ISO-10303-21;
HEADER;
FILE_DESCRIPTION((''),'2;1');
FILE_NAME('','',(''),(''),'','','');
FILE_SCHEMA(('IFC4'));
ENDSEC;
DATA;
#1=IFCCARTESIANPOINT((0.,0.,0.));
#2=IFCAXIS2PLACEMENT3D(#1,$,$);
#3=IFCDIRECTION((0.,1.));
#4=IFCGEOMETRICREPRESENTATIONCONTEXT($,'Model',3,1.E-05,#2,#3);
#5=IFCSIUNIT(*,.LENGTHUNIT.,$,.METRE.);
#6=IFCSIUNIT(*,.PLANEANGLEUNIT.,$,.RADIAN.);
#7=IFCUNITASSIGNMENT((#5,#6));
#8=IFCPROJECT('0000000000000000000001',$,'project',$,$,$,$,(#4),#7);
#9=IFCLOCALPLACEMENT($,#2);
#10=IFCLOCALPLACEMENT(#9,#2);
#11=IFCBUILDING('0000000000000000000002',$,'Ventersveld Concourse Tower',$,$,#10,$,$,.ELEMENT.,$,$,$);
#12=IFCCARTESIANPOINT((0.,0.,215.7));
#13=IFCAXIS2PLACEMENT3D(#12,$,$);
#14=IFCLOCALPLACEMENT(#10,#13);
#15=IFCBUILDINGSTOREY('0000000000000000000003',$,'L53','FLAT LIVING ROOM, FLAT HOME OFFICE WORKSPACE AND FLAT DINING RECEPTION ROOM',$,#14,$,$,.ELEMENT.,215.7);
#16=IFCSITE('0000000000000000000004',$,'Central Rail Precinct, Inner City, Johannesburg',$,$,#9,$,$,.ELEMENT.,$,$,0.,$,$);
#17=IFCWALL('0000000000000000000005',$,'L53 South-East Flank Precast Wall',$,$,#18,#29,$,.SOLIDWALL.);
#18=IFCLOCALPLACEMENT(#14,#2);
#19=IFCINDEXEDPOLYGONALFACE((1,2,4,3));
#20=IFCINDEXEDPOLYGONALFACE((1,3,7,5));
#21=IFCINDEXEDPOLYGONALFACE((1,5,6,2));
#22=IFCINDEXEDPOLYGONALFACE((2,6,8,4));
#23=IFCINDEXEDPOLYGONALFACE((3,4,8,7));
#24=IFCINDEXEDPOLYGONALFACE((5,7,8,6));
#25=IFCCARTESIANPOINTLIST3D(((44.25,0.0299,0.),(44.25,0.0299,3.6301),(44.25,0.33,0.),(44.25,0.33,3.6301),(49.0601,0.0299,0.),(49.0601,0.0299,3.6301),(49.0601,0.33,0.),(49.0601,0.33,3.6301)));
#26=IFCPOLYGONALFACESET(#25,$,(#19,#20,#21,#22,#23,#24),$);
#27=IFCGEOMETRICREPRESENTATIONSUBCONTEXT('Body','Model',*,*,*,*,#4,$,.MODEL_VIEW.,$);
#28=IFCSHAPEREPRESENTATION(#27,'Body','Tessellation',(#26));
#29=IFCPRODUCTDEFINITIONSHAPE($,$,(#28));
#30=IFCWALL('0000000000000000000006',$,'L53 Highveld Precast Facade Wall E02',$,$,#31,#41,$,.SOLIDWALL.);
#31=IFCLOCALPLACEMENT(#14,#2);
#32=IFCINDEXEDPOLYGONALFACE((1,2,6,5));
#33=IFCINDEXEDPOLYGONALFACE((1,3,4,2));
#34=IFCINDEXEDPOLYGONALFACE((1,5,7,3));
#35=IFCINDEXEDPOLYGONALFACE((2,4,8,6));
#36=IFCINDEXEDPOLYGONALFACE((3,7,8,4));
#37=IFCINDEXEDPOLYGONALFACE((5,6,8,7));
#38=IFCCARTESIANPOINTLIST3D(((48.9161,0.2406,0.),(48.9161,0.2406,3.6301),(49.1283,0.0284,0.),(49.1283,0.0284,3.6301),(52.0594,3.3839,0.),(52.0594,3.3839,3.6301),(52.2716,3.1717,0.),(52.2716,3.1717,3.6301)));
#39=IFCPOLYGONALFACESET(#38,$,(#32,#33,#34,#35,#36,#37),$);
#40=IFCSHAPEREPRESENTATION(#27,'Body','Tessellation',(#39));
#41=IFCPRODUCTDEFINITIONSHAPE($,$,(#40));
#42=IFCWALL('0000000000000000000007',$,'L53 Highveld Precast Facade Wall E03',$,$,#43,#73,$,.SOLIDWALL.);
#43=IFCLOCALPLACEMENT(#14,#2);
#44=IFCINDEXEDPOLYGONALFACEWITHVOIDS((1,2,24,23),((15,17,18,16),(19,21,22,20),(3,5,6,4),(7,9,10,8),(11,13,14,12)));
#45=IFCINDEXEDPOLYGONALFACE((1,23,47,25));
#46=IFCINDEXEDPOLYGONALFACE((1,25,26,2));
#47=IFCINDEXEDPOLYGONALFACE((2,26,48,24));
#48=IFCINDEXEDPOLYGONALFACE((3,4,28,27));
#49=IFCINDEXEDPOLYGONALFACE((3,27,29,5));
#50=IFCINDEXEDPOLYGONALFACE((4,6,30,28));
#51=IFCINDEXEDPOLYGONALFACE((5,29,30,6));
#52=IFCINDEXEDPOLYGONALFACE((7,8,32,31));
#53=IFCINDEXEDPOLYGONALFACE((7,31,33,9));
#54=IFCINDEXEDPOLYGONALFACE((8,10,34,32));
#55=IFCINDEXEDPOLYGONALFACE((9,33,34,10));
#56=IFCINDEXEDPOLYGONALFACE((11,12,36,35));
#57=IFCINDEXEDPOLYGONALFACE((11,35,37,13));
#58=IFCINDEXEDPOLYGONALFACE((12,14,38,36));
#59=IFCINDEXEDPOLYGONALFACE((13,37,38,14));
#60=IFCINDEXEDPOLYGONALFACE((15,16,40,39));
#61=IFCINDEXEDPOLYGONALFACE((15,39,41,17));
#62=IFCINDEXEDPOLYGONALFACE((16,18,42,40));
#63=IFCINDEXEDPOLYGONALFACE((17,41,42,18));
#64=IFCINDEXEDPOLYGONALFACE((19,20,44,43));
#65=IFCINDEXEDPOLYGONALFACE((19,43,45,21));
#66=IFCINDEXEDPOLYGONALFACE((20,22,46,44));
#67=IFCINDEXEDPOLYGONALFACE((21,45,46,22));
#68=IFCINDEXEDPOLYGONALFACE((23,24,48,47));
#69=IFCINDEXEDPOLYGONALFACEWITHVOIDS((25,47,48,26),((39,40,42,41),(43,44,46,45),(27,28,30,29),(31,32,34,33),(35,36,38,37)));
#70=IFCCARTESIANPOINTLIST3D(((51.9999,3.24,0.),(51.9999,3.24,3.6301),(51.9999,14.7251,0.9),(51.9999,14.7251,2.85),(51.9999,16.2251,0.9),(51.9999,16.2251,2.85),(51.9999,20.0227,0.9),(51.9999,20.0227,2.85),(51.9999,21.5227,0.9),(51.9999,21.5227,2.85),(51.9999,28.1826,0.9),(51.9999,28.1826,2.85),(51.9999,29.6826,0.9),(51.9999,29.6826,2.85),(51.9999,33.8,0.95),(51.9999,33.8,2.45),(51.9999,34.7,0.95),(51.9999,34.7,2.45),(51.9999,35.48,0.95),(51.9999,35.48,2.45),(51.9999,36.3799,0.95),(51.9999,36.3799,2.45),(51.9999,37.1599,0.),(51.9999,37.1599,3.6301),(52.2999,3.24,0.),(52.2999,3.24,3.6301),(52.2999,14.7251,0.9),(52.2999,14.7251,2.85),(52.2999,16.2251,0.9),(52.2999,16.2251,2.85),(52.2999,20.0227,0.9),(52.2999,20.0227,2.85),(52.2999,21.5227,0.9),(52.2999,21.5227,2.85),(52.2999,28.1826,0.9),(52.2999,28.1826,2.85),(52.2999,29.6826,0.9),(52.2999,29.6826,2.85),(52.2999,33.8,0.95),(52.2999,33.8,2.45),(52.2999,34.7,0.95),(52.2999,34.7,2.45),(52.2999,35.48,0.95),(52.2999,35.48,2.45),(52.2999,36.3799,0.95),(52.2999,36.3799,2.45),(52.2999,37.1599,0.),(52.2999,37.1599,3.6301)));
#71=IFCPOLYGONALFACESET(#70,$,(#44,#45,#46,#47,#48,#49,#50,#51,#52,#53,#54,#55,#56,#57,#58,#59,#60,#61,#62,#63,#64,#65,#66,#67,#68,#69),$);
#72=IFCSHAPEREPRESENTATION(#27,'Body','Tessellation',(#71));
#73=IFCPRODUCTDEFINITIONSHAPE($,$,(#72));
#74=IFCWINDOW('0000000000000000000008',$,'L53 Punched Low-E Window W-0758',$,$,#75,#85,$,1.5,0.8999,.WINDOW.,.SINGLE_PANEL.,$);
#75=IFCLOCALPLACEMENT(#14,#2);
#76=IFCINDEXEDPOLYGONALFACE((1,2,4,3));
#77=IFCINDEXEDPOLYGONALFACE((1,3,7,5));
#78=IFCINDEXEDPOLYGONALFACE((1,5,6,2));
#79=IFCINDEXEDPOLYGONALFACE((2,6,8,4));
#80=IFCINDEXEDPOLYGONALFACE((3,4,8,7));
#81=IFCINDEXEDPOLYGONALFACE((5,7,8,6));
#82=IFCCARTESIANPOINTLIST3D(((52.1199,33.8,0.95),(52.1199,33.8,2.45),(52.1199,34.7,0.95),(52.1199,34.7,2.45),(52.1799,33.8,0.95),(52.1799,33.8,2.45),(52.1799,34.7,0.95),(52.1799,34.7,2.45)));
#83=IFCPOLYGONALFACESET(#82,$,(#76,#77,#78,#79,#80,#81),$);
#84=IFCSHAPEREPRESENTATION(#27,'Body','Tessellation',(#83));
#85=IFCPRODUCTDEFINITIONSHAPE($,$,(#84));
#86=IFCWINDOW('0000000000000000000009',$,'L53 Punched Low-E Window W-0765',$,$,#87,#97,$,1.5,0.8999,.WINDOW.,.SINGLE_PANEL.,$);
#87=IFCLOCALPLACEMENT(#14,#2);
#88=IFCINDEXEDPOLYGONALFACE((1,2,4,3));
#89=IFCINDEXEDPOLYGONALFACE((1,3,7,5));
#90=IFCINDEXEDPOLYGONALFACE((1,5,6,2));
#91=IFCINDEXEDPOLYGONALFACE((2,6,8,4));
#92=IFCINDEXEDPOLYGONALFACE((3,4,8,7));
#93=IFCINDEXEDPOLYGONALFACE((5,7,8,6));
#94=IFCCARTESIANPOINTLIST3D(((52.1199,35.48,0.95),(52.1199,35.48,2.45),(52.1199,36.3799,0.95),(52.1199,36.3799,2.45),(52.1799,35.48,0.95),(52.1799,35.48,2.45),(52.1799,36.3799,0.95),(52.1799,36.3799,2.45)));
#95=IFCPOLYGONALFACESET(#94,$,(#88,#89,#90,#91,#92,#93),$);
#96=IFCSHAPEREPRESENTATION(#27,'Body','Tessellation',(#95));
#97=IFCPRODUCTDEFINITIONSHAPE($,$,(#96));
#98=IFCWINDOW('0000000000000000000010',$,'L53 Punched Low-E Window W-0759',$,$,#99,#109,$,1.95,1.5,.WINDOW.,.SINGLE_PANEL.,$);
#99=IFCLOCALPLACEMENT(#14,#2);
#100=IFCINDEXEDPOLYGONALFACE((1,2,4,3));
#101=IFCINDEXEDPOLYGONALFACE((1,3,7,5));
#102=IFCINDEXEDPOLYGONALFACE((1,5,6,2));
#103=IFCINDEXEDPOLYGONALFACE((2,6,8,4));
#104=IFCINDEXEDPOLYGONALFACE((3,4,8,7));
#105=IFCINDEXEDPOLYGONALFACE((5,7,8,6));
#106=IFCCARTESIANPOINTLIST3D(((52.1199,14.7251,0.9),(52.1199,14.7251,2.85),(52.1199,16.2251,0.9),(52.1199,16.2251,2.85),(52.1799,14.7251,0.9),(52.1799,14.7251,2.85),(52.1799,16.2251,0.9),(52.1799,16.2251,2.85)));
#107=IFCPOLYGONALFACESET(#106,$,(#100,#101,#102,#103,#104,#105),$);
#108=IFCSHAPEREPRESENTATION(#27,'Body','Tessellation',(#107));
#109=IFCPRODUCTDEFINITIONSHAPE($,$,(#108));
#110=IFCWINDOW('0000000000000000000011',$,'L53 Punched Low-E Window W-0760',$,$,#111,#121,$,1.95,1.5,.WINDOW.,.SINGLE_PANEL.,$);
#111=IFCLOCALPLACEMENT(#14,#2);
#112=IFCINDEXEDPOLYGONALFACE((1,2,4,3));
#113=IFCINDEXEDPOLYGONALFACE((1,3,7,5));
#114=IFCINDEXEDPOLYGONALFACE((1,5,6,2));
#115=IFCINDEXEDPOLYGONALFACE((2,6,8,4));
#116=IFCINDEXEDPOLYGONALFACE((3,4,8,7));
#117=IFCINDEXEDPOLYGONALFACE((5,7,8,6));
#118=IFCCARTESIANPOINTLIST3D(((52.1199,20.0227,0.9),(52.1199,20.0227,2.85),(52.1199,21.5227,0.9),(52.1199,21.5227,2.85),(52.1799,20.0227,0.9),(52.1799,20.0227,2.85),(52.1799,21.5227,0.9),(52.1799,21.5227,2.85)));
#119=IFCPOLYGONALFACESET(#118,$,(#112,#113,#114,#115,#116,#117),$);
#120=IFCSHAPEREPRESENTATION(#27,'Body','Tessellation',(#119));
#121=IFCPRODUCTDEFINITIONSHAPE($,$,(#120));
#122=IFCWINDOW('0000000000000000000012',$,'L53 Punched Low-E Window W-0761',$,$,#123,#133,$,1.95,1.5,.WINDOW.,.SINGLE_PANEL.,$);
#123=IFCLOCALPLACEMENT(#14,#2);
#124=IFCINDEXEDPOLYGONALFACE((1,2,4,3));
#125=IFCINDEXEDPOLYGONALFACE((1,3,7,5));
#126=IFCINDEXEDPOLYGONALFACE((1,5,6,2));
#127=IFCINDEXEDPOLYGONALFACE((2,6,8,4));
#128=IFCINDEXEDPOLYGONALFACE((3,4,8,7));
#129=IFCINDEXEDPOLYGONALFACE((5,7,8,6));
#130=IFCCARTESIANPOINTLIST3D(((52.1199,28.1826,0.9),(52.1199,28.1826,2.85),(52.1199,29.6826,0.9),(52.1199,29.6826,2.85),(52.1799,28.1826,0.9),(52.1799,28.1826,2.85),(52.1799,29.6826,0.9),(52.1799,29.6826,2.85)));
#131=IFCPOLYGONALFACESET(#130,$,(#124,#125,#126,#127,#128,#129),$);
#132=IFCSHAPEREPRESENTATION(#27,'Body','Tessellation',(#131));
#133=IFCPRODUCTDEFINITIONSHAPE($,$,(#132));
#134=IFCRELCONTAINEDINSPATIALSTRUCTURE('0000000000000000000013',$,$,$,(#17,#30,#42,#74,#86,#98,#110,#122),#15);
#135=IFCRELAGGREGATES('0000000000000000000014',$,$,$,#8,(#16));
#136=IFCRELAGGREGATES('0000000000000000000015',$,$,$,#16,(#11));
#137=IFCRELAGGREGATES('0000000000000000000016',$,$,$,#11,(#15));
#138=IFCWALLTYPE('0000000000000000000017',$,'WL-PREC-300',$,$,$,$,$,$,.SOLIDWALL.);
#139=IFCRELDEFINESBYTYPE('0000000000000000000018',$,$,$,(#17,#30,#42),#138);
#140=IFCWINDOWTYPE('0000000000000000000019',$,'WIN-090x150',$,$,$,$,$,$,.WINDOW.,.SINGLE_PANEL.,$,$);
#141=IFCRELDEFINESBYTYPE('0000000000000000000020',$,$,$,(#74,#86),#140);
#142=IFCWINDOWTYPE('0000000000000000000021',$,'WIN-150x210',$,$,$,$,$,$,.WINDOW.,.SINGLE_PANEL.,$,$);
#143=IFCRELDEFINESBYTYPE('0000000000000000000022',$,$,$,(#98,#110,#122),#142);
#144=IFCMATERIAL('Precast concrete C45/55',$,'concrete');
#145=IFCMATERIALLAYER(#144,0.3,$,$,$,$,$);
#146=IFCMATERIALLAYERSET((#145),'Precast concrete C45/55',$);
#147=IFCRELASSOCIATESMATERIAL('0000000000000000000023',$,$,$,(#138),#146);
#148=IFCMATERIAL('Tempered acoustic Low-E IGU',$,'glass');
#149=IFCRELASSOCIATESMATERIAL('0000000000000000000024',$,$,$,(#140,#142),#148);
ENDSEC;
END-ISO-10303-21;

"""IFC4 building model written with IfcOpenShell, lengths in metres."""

from ifc_helpers import new_model, si_unit, direction, frame, frame_2d, origin, place, context, subcontext, project, spatial, rectangle, extrude, material, layer, layer_set, type_object, element, fill, save


model = new_model("IFC4")

# Units and contexts
model_context = context("Model", 3, precision=1e-05, world=origin(), true_north=direction((0.0, 1.0)))
body_context = subcontext(model_context, "Body", "Model", "MODEL_VIEW")
ifc_project = project(units=[si_unit("LENGTHUNIT", "METRE"), si_unit("PLANEANGLEUNIT", "RADIAN")], contexts=[model_context])

# Site, building, storey
site_placement = place(None, origin())
site = spatial("IfcSite", under=ifc_project, at=site_placement, Name="Central Rail Precinct, Inner City, Johannesburg", CompositionType="ELEMENT", RefElevation=0.0)
building_placement = place(site_placement, origin())
building = spatial("IfcBuilding", under=site, at=building_placement, Name="Ventersveld Concourse Tower", CompositionType="ELEMENT")
storey_placement = place(building_placement, frame((0.0, 0.0, 215.7)))
storey = spatial("IfcBuildingStorey", under=building, at=storey_placement, Name="L53", Description="FLAT LIVING ROOM, FLAT HOME OFFICE WORKSPACE AND FLAT DINING RECEPTION ROOM", CompositionType="ELEMENT", Elevation=215.7)

# Walls
ifc_material_1 = material(Name="Precast concrete C45/55", Category="concrete")
ifc_layer_1 = layer(ifc_material_1, 0.3)
ifc_layer_set_1 = layer_set([ifc_layer_1], Name="Precast concrete C45/55")
wall_type_1 = type_object("IfcWallType", Name="WL-PREC-300", PredefinedType="SOLIDWALL", material=ifc_layer_set_1)
wall_1_placement = place(storey_placement, frame((44.25, 0.1799, 0.0), z_axis=(0.0, 0.0, 1.0), x_axis=(1.0, 0.0, 0.0)))
element("IfcWall", 1, at=wall_1_placement, inside=storey, type_object=wall_type_1, Name="L53 South-East Flank Precast Wall", PredefinedType="SOLIDWALL", context=body_context, shape_type="SweptSolid", body=[
    extrude(rectangle(XDim=4.8101, YDim=0.3, at=frame_2d((2.405, 0.0))), origin(), (0.0, 0.0, 1.0), 3.6301),
])
wall_2_placement = place(storey_placement, frame((49.0222, 0.1345, 0.0), z_axis=(0.0, 0.0, 1.0), x_axis=(0.707107, 0.707107, 0.0)))
element("IfcWall", 2, at=wall_2_placement, inside=storey, type_object=wall_type_1, Name="L53 Highveld Precast Facade Wall E02", PredefinedType="SOLIDWALL", context=body_context, shape_type="SweptSolid", body=[
    extrude(rectangle(XDim=4.4453, YDim=0.3, at=frame_2d((2.2227, 0.0))), origin(), (0.0, 0.0, 1.0), 3.6301),
])

# Wall, openings, windows
wall_3_placement = place(storey_placement, frame((52.1499, 3.24, 0.0), z_axis=(0.0, 0.0, 1.0), x_axis=(0.0, 1.0, 0.0)))
wall_3 = element("IfcWall", 3, at=wall_3_placement, inside=storey, type_object=wall_type_1, Name="L53 Highveld Precast Facade Wall E03", PredefinedType="SOLIDWALL", context=body_context, shape_type="SweptSolid", body=[
    extrude(rectangle(XDim=33.9199, YDim=0.3, at=frame_2d((16.96, 0.0))), origin(), (0.0, 0.0, 1.0), 3.6301),
])
opening_1_placement = place(wall_3_placement, frame((30.5601, 0.0, 0.95)))
opening_1 = element("IfcOpeningElement", 4, at=opening_1_placement, cuts=wall_3, PredefinedType="OPENING", context=body_context, shape_type="SweptSolid", body=[
    extrude(rectangle(XDim=0.8999, YDim=1.5, at=frame_2d((0.45, 0.75))), frame((0.0, 0.1602, 0.0), z_axis=(0.0, -1.0, 0.0), x_axis=(1.0, 0.0, 0.0)), (0.0, 0.0, 1.0), 0.3201),
])
opening_2_placement = place(wall_3_placement, frame((11.4851, 0.0, 0.8999)))
opening_2 = element("IfcOpeningElement", 5, at=opening_2_placement, cuts=wall_3, PredefinedType="OPENING", context=body_context, shape_type="SweptSolid", body=[
    extrude(rectangle(XDim=1.5, YDim=1.95, at=frame_2d((0.75, 0.9751))), frame((0.0, 0.1602, 0.0), z_axis=(0.0, -1.0, 0.0), x_axis=(1.0, 0.0, 0.0)), (0.0, 0.0, 1.0), 0.3201),
])
opening_3_placement = place(wall_3_placement, frame((16.7827, 0.0, 0.8999)))
opening_3 = element("IfcOpeningElement", 6, at=opening_3_placement, cuts=wall_3, PredefinedType="OPENING", context=body_context, shape_type="SweptSolid", body=[
    extrude(rectangle(XDim=1.5, YDim=1.95, at=frame_2d((0.75, 0.9751))), frame((0.0, 0.1602, 0.0), z_axis=(0.0, -1.0, 0.0), x_axis=(1.0, 0.0, 0.0)), (0.0, 0.0, 1.0), 0.3201),
])
opening_4_placement = place(wall_3_placement, frame((24.9426, 0.0, 0.8999)))
opening_4 = element("IfcOpeningElement", 7, at=opening_4_placement, cuts=wall_3, PredefinedType="OPENING", context=body_context, shape_type="SweptSolid", body=[
    extrude(rectangle(XDim=1.5, YDim=1.95, at=frame_2d((0.75, 0.9751))), frame((0.0, 0.1602, 0.0), z_axis=(0.0, -1.0, 0.0), x_axis=(1.0, 0.0, 0.0)), (0.0, 0.0, 1.0), 0.3201),
])
opening_5_placement = place(wall_3_placement, frame((32.24, 0.0, 0.95)))
opening_5 = element("IfcOpeningElement", 8, at=opening_5_placement, cuts=wall_3, PredefinedType="OPENING", context=body_context, shape_type="SweptSolid", body=[
    extrude(rectangle(XDim=0.8999, YDim=1.5, at=frame_2d((0.45, 0.75))), frame((0.0, 0.1602, 0.0), z_axis=(0.0, -1.0, 0.0), x_axis=(1.0, 0.0, 0.0)), (0.0, 0.0, 1.0), 0.3201),
])
ifc_material_2 = material(Name="Tempered acoustic Low-E IGU", Category="glass")
window_type_1 = type_object("IfcWindowType", Name="WIN-090x150", PartitioningType="SINGLE_PANEL", PredefinedType="WINDOW", material=ifc_material_2)
window_1_placement = place(opening_1_placement, origin())
window_1 = element("IfcWindow", 9, at=window_1_placement, inside=storey, type_object=window_type_1, Name="L53 Punched Low-E Window W-0758", OverallHeight=1.5, OverallWidth=0.8999, PartitioningType="SINGLE_PANEL", PredefinedType="WINDOW", context=body_context, shape_type="SweptSolid", body=[
    extrude(rectangle(XDim=0.8999, YDim=1.5, at=frame_2d((0.45, 0.75))), frame((0.0, 0.03, 0.0), z_axis=(0.0, -1.0, 0.0), x_axis=(1.0, 0.0, 0.0)), (0.0, 0.0, 1.0), 0.0601),
])
fill(opening_1, window_1)
window_2_placement = place(opening_5_placement, origin())
window_2 = element("IfcWindow", 10, at=window_2_placement, inside=storey, type_object=window_type_1, Name="L53 Punched Low-E Window W-0765", OverallHeight=1.5, OverallWidth=0.8999, PartitioningType="SINGLE_PANEL", PredefinedType="WINDOW", context=body_context, shape_type="SweptSolid", body=[
    extrude(rectangle(XDim=0.8999, YDim=1.5, at=frame_2d((0.45, 0.75))), frame((0.0, 0.03, 0.0), z_axis=(0.0, -1.0, 0.0), x_axis=(1.0, 0.0, 0.0)), (0.0, 0.0, 1.0), 0.0601),
])
fill(opening_5, window_2)
window_type_2 = type_object("IfcWindowType", Name="WIN-150x210", PartitioningType="SINGLE_PANEL", PredefinedType="WINDOW", material=ifc_material_2)
window_3_placement = place(opening_2_placement, origin())
window_3 = element("IfcWindow", 11, at=window_3_placement, inside=storey, type_object=window_type_2, Name="L53 Punched Low-E Window W-0759", OverallHeight=1.95, OverallWidth=1.5, PartitioningType="SINGLE_PANEL", PredefinedType="WINDOW", context=body_context, shape_type="SweptSolid", body=[
    extrude(rectangle(XDim=1.5, YDim=1.95, at=frame_2d((0.75, 0.9751))), frame((0.0, 0.03, 0.0), z_axis=(0.0, -1.0, 0.0), x_axis=(1.0, 0.0, 0.0)), (0.0, 0.0, 1.0), 0.0601),
])
fill(opening_2, window_3)
window_4_placement = place(opening_3_placement, origin())
window_4 = element("IfcWindow", 12, at=window_4_placement, inside=storey, type_object=window_type_2, Name="L53 Punched Low-E Window W-0760", OverallHeight=1.95, OverallWidth=1.5, PartitioningType="SINGLE_PANEL", PredefinedType="WINDOW", context=body_context, shape_type="SweptSolid", body=[
    extrude(rectangle(XDim=1.5, YDim=1.95, at=frame_2d((0.75, 0.9751))), frame((0.0, 0.03, 0.0), z_axis=(0.0, -1.0, 0.0), x_axis=(1.0, 0.0, 0.0)), (0.0, 0.0, 1.0), 0.0601),
])
fill(opening_3, window_4)
window_5_placement = place(opening_4_placement, origin())
window_5 = element("IfcWindow", 13, at=window_5_placement, inside=storey, type_object=window_type_2, Name="L53 Punched Low-E Window W-0761", OverallHeight=1.95, OverallWidth=1.5, PartitioningType="SINGLE_PANEL", PredefinedType="WINDOW", context=body_context, shape_type="SweptSolid", body=[
    extrude(rectangle(XDim=1.5, YDim=1.95, at=frame_2d((0.75, 0.9751))), frame((0.0, 0.03, 0.0), z_axis=(0.0, -1.0, 0.0), x_axis=(1.0, 0.0, 0.0)), (0.0, 0.0, 1.0), 0.0601),
])
fill(opening_4, window_5)

save(model, "model.ifc")
